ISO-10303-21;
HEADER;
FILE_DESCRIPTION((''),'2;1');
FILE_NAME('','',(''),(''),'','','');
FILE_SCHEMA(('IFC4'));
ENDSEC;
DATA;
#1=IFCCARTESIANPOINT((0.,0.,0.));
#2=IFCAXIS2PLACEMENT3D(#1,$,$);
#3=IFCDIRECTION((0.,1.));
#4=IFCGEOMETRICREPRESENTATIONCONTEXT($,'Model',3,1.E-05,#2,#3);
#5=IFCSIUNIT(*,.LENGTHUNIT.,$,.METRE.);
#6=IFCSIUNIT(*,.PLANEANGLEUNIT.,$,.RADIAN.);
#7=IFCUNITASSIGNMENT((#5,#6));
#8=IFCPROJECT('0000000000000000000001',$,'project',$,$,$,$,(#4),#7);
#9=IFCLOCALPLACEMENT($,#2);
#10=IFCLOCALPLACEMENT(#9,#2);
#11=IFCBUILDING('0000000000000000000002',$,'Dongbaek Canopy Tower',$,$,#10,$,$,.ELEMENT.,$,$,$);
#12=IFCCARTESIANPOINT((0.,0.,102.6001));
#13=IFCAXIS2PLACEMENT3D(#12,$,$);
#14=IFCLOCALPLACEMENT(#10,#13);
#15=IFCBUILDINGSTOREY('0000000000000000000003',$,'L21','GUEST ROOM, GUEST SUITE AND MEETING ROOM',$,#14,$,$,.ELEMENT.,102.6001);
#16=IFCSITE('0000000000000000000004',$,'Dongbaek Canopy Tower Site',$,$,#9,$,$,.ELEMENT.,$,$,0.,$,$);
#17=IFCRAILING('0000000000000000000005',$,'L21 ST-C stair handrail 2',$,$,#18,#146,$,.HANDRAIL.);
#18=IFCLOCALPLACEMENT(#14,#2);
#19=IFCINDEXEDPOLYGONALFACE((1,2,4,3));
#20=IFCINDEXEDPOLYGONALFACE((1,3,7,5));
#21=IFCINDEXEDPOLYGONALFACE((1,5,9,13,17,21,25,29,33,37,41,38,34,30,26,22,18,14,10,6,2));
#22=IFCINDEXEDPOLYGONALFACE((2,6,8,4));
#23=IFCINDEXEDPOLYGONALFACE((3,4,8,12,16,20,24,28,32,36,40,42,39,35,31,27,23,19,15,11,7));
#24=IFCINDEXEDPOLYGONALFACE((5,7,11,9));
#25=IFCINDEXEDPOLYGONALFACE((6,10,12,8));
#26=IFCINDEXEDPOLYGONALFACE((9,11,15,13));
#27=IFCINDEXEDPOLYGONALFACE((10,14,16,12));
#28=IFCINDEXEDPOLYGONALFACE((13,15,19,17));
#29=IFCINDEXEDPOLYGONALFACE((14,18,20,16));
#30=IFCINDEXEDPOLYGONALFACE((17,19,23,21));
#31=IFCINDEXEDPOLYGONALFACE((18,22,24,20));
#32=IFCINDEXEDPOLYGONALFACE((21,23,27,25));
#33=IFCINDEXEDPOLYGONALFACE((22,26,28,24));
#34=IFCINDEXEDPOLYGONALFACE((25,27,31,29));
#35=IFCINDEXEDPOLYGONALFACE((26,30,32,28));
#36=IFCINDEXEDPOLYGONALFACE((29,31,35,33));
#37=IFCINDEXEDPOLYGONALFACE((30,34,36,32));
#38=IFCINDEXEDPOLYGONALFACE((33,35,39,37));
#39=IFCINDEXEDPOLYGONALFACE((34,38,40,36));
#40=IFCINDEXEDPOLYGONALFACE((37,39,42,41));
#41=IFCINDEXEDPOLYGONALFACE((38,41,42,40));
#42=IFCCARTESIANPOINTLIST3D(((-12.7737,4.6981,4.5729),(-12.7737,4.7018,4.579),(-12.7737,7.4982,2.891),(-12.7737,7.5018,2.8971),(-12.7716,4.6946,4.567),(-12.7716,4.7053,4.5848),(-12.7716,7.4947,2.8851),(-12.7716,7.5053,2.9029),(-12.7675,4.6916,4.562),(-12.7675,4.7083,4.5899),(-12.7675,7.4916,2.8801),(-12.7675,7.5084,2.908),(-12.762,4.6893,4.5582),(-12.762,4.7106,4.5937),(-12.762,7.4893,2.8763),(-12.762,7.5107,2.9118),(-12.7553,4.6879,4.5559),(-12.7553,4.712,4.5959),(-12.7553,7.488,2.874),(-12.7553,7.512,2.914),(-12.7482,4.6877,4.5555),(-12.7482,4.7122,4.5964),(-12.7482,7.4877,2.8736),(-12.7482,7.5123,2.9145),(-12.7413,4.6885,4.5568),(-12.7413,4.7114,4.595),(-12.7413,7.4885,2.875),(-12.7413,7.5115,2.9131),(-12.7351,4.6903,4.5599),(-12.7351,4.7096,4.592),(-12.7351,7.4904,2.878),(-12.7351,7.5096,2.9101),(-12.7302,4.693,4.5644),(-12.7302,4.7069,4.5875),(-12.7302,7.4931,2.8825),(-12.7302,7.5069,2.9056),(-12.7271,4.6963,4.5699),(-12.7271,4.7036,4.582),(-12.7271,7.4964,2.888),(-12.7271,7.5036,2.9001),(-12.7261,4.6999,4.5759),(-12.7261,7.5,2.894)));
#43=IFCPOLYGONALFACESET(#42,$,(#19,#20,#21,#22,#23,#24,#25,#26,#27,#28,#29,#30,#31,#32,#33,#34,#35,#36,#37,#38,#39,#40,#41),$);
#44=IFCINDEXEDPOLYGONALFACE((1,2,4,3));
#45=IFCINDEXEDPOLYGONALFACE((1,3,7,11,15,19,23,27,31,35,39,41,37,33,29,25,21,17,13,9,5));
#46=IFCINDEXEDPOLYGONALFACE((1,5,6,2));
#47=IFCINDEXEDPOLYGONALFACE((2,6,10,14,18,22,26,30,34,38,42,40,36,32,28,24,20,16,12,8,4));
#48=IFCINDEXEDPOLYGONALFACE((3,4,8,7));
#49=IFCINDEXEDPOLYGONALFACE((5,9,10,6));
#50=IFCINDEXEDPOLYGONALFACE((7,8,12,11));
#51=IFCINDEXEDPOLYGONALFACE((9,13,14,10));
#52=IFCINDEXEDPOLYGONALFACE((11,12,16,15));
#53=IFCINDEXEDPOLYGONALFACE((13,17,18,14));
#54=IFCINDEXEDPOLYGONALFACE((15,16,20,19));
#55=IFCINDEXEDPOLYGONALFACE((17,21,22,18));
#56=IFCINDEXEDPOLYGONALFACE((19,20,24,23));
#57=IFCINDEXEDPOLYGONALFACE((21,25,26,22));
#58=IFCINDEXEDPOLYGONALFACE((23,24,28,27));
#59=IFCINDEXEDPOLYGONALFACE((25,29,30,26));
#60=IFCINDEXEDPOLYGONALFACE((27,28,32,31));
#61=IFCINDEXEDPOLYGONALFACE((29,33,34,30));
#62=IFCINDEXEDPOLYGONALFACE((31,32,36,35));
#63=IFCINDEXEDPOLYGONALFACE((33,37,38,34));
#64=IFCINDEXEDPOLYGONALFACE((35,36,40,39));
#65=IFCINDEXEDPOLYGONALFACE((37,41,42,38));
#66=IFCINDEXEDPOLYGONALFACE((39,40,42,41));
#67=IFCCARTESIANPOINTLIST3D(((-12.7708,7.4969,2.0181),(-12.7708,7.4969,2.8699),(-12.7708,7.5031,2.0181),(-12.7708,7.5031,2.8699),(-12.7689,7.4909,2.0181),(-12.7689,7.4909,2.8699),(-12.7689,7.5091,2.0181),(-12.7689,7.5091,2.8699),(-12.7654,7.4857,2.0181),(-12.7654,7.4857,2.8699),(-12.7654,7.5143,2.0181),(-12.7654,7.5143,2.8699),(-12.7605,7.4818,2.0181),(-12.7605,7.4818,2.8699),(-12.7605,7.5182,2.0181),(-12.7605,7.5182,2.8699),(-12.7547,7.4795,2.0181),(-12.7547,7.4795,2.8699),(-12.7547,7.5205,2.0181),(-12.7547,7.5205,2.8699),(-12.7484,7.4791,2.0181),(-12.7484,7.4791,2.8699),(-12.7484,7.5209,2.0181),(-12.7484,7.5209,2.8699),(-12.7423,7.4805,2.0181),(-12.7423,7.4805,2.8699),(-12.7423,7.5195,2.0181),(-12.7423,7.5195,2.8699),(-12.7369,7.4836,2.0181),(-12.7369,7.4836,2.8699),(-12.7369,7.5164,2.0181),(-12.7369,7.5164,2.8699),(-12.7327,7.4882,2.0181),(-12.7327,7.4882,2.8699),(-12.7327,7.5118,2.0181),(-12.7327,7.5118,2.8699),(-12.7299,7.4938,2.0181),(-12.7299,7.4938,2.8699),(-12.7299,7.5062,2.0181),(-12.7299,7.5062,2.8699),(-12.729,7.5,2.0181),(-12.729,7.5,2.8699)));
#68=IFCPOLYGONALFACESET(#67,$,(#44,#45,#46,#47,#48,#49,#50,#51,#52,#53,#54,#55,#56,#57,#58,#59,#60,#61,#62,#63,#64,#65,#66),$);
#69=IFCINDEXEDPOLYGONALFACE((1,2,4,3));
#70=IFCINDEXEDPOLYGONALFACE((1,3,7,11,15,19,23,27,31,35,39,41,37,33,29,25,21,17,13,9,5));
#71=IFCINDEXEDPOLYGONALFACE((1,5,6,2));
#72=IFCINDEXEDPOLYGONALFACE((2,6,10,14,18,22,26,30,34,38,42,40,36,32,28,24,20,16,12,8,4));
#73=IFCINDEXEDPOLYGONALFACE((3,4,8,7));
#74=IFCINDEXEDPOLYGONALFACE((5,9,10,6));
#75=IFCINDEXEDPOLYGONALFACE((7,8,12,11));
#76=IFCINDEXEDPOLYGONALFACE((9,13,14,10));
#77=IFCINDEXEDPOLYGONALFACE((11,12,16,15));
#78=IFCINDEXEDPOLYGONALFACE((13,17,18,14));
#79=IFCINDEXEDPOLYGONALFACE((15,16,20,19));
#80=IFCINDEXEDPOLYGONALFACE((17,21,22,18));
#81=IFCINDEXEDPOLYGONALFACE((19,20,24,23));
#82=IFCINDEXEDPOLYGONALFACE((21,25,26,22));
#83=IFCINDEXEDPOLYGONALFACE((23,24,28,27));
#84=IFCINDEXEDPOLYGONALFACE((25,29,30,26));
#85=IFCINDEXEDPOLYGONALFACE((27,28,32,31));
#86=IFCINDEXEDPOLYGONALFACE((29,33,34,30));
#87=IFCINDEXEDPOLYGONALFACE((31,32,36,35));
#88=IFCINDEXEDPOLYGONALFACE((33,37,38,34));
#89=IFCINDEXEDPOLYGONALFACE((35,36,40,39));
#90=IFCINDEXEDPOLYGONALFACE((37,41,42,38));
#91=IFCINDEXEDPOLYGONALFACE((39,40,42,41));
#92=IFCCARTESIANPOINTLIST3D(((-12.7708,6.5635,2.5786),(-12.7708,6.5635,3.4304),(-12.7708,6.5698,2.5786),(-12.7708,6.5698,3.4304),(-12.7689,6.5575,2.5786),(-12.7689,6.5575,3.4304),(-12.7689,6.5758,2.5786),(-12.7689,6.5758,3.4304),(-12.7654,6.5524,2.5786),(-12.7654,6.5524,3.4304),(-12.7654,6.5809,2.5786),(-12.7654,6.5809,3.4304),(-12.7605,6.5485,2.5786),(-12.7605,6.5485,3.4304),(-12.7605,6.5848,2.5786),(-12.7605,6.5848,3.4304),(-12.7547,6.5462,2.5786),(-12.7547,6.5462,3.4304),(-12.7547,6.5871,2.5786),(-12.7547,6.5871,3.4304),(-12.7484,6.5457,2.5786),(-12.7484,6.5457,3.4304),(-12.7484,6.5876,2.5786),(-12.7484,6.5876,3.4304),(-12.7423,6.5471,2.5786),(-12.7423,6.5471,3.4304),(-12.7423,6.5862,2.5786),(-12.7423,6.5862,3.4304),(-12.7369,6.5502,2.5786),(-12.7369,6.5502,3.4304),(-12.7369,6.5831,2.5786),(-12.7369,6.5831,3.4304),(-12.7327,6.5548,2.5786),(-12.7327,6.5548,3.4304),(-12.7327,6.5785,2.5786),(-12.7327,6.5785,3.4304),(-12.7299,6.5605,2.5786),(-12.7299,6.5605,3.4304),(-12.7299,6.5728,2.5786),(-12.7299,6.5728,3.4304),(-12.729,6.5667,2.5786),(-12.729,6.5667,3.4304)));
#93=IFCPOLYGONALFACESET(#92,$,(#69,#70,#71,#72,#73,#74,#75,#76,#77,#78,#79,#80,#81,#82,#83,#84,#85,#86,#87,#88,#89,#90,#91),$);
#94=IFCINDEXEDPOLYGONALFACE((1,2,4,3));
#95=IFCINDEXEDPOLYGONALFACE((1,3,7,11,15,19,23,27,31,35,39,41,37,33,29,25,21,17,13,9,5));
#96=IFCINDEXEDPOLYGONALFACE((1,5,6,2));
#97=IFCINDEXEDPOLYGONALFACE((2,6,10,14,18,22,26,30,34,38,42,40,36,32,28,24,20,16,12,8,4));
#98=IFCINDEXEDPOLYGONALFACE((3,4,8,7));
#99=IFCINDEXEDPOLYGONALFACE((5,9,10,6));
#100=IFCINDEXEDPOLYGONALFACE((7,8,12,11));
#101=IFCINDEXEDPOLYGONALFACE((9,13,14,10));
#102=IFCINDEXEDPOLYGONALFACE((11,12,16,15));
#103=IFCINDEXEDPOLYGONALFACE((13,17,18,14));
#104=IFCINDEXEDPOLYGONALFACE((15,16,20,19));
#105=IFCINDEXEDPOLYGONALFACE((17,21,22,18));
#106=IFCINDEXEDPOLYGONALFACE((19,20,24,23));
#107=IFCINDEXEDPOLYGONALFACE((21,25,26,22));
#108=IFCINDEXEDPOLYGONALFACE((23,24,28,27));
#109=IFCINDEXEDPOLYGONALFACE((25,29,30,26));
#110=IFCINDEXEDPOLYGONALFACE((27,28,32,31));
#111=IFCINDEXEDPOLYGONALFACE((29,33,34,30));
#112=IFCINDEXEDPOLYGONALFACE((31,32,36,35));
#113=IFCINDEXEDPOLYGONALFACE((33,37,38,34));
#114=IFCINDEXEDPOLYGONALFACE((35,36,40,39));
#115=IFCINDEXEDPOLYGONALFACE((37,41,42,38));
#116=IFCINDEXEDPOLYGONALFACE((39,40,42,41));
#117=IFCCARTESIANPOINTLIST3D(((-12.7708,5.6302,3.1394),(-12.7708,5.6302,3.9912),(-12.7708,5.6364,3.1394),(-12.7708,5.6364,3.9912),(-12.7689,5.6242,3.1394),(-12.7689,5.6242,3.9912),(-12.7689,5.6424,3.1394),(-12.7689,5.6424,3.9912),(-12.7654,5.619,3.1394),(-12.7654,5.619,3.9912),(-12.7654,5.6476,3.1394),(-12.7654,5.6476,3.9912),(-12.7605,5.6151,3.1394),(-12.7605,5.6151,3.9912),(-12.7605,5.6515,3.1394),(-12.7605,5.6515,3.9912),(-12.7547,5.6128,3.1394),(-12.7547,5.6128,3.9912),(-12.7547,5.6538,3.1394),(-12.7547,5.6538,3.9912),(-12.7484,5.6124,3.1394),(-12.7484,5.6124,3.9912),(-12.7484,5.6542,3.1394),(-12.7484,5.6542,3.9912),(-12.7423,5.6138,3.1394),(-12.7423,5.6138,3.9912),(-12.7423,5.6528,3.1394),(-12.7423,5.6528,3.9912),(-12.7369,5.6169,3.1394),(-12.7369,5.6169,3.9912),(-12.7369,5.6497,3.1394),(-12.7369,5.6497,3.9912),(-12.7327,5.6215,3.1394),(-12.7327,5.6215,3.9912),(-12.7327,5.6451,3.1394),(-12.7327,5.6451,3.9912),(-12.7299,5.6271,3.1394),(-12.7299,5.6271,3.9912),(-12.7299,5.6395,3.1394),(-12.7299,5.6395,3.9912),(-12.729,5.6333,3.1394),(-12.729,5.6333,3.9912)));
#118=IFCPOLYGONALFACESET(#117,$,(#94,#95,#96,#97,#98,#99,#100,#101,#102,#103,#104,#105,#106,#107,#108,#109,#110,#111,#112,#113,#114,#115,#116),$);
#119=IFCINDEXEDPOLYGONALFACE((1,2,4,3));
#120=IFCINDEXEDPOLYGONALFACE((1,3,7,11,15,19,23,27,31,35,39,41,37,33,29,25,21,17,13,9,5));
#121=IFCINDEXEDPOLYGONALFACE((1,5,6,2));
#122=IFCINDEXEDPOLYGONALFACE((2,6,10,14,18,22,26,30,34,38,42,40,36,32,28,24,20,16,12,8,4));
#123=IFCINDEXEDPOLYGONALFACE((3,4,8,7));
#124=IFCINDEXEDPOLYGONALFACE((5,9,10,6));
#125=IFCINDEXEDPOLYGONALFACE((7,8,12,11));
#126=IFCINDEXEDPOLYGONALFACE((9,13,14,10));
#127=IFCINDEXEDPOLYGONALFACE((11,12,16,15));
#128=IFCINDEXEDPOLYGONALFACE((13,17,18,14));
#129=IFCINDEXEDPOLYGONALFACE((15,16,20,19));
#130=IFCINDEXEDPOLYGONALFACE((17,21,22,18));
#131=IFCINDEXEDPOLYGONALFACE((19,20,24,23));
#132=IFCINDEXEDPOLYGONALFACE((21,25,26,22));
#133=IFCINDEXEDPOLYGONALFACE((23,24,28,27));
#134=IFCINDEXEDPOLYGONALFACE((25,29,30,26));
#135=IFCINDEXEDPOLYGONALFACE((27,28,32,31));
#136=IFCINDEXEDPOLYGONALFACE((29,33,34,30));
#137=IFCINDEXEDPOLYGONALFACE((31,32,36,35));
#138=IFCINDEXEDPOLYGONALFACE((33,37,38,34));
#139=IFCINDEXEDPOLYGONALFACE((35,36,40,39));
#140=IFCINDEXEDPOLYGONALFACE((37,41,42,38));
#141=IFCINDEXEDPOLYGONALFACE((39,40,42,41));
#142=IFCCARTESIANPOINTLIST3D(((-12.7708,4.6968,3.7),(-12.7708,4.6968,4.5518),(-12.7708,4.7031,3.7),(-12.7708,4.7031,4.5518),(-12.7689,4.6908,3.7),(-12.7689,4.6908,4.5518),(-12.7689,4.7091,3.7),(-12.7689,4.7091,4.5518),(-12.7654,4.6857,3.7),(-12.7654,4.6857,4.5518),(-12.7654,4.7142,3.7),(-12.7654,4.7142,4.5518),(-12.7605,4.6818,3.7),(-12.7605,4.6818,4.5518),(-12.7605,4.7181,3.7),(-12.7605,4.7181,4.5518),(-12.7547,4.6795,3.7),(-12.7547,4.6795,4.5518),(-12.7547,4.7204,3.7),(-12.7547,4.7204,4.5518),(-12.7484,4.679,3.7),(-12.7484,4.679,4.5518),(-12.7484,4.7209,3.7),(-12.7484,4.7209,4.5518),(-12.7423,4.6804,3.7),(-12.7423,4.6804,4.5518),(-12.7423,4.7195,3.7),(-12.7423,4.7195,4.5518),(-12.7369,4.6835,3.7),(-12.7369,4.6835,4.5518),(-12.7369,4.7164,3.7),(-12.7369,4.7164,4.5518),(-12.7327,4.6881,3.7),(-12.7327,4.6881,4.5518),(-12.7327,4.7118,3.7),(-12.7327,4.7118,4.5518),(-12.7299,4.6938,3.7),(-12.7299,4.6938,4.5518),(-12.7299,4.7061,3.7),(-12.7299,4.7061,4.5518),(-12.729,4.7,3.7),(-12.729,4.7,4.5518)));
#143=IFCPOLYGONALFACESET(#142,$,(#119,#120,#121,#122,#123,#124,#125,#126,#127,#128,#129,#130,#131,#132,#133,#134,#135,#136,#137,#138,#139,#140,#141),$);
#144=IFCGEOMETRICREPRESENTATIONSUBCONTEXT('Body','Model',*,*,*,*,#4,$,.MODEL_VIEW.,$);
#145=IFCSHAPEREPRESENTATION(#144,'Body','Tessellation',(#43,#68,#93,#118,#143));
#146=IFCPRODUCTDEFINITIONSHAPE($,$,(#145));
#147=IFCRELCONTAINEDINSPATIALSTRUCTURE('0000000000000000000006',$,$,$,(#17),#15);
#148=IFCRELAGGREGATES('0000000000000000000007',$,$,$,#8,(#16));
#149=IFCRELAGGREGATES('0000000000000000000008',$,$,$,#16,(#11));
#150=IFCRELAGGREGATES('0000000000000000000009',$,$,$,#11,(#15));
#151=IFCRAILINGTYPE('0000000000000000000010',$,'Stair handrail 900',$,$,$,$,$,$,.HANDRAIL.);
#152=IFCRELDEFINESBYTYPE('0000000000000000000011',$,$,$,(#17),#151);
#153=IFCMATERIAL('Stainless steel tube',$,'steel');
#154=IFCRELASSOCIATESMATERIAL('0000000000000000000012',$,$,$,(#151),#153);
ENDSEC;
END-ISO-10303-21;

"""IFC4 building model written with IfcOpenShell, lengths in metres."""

from ifc_helpers import new_model, si_unit, direction, frame, origin, origin_2d, place, context, subcontext, project, spatial, circle, extrude, material, type_object, element, save


model = new_model("IFC4")

# Units and contexts
model_context = context("Model", 3, precision=1e-05, world=origin(), true_north=direction((0.0, 1.0)))
body_context = subcontext(model_context, "Body", "Model", "MODEL_VIEW")
ifc_project = project(units=[si_unit("LENGTHUNIT", "METRE"), si_unit("PLANEANGLEUNIT", "RADIAN")], contexts=[model_context])

# Site, building, storey
site_placement = place(None, origin())
site = spatial("IfcSite", under=ifc_project, at=site_placement, Name="Dongbaek Canopy Tower Site", CompositionType="ELEMENT", RefElevation=0.0)
building_placement = place(site_placement, origin())
building = spatial("IfcBuilding", under=site, at=building_placement, Name="Dongbaek Canopy Tower", CompositionType="ELEMENT")
storey_placement = place(building_placement, frame((0.0, 0.0, 102.6001)))
storey = spatial("IfcBuildingStorey", under=building, at=storey_placement, Name="L21", Description="GUEST ROOM, GUEST SUITE AND MEETING ROOM", CompositionType="ELEMENT", Elevation=102.6001)

# Railing
ifc_material_1 = material(Name="Stainless steel tube", Category="steel")
railing_type_1 = type_object("IfcRailingType", Name="Stair handrail 900", PredefinedType="HANDRAIL", material=ifc_material_1)
railing_1_placement = place(storey_placement, frame((-12.75, 7.5, 2.0181)))
element("IfcRailing", 1, at=railing_1_placement, inside=storey, type_object=railing_type_1, Name="L21 ST-C stair handrail 2", PredefinedType="HANDRAIL", context=body_context, shape_type="SweptSolid", body=[
    extrude(circle(Radius=0.0239, at=origin_2d()), frame((0.0, 0.0, 0.876), z_axis=(0.0, -0.857242, 0.514913), x_axis=(1.0, 0.0, 0.0)), (0.0, 0.0, 1.0), 3.2664),
    extrude(circle(Radius=0.021, at=origin_2d()), origin(), (0.0, 0.0, 1.0), 0.8518),
    extrude(circle(Radius=0.021, at=origin_2d()), frame((0.0, -0.9333, 0.5605)), (0.0, 0.0, 1.0), 0.8518),
    extrude(circle(Radius=0.021, at=origin_2d()), frame((0.0, -1.8667, 1.1213)), (0.0, 0.0, 1.0), 0.8518),
    extrude(circle(Radius=0.021, at=origin_2d()), frame((0.0, -2.8, 1.6819)), (0.0, 0.0, 1.0), 0.8518),
])

save(model, "model.ifc")
